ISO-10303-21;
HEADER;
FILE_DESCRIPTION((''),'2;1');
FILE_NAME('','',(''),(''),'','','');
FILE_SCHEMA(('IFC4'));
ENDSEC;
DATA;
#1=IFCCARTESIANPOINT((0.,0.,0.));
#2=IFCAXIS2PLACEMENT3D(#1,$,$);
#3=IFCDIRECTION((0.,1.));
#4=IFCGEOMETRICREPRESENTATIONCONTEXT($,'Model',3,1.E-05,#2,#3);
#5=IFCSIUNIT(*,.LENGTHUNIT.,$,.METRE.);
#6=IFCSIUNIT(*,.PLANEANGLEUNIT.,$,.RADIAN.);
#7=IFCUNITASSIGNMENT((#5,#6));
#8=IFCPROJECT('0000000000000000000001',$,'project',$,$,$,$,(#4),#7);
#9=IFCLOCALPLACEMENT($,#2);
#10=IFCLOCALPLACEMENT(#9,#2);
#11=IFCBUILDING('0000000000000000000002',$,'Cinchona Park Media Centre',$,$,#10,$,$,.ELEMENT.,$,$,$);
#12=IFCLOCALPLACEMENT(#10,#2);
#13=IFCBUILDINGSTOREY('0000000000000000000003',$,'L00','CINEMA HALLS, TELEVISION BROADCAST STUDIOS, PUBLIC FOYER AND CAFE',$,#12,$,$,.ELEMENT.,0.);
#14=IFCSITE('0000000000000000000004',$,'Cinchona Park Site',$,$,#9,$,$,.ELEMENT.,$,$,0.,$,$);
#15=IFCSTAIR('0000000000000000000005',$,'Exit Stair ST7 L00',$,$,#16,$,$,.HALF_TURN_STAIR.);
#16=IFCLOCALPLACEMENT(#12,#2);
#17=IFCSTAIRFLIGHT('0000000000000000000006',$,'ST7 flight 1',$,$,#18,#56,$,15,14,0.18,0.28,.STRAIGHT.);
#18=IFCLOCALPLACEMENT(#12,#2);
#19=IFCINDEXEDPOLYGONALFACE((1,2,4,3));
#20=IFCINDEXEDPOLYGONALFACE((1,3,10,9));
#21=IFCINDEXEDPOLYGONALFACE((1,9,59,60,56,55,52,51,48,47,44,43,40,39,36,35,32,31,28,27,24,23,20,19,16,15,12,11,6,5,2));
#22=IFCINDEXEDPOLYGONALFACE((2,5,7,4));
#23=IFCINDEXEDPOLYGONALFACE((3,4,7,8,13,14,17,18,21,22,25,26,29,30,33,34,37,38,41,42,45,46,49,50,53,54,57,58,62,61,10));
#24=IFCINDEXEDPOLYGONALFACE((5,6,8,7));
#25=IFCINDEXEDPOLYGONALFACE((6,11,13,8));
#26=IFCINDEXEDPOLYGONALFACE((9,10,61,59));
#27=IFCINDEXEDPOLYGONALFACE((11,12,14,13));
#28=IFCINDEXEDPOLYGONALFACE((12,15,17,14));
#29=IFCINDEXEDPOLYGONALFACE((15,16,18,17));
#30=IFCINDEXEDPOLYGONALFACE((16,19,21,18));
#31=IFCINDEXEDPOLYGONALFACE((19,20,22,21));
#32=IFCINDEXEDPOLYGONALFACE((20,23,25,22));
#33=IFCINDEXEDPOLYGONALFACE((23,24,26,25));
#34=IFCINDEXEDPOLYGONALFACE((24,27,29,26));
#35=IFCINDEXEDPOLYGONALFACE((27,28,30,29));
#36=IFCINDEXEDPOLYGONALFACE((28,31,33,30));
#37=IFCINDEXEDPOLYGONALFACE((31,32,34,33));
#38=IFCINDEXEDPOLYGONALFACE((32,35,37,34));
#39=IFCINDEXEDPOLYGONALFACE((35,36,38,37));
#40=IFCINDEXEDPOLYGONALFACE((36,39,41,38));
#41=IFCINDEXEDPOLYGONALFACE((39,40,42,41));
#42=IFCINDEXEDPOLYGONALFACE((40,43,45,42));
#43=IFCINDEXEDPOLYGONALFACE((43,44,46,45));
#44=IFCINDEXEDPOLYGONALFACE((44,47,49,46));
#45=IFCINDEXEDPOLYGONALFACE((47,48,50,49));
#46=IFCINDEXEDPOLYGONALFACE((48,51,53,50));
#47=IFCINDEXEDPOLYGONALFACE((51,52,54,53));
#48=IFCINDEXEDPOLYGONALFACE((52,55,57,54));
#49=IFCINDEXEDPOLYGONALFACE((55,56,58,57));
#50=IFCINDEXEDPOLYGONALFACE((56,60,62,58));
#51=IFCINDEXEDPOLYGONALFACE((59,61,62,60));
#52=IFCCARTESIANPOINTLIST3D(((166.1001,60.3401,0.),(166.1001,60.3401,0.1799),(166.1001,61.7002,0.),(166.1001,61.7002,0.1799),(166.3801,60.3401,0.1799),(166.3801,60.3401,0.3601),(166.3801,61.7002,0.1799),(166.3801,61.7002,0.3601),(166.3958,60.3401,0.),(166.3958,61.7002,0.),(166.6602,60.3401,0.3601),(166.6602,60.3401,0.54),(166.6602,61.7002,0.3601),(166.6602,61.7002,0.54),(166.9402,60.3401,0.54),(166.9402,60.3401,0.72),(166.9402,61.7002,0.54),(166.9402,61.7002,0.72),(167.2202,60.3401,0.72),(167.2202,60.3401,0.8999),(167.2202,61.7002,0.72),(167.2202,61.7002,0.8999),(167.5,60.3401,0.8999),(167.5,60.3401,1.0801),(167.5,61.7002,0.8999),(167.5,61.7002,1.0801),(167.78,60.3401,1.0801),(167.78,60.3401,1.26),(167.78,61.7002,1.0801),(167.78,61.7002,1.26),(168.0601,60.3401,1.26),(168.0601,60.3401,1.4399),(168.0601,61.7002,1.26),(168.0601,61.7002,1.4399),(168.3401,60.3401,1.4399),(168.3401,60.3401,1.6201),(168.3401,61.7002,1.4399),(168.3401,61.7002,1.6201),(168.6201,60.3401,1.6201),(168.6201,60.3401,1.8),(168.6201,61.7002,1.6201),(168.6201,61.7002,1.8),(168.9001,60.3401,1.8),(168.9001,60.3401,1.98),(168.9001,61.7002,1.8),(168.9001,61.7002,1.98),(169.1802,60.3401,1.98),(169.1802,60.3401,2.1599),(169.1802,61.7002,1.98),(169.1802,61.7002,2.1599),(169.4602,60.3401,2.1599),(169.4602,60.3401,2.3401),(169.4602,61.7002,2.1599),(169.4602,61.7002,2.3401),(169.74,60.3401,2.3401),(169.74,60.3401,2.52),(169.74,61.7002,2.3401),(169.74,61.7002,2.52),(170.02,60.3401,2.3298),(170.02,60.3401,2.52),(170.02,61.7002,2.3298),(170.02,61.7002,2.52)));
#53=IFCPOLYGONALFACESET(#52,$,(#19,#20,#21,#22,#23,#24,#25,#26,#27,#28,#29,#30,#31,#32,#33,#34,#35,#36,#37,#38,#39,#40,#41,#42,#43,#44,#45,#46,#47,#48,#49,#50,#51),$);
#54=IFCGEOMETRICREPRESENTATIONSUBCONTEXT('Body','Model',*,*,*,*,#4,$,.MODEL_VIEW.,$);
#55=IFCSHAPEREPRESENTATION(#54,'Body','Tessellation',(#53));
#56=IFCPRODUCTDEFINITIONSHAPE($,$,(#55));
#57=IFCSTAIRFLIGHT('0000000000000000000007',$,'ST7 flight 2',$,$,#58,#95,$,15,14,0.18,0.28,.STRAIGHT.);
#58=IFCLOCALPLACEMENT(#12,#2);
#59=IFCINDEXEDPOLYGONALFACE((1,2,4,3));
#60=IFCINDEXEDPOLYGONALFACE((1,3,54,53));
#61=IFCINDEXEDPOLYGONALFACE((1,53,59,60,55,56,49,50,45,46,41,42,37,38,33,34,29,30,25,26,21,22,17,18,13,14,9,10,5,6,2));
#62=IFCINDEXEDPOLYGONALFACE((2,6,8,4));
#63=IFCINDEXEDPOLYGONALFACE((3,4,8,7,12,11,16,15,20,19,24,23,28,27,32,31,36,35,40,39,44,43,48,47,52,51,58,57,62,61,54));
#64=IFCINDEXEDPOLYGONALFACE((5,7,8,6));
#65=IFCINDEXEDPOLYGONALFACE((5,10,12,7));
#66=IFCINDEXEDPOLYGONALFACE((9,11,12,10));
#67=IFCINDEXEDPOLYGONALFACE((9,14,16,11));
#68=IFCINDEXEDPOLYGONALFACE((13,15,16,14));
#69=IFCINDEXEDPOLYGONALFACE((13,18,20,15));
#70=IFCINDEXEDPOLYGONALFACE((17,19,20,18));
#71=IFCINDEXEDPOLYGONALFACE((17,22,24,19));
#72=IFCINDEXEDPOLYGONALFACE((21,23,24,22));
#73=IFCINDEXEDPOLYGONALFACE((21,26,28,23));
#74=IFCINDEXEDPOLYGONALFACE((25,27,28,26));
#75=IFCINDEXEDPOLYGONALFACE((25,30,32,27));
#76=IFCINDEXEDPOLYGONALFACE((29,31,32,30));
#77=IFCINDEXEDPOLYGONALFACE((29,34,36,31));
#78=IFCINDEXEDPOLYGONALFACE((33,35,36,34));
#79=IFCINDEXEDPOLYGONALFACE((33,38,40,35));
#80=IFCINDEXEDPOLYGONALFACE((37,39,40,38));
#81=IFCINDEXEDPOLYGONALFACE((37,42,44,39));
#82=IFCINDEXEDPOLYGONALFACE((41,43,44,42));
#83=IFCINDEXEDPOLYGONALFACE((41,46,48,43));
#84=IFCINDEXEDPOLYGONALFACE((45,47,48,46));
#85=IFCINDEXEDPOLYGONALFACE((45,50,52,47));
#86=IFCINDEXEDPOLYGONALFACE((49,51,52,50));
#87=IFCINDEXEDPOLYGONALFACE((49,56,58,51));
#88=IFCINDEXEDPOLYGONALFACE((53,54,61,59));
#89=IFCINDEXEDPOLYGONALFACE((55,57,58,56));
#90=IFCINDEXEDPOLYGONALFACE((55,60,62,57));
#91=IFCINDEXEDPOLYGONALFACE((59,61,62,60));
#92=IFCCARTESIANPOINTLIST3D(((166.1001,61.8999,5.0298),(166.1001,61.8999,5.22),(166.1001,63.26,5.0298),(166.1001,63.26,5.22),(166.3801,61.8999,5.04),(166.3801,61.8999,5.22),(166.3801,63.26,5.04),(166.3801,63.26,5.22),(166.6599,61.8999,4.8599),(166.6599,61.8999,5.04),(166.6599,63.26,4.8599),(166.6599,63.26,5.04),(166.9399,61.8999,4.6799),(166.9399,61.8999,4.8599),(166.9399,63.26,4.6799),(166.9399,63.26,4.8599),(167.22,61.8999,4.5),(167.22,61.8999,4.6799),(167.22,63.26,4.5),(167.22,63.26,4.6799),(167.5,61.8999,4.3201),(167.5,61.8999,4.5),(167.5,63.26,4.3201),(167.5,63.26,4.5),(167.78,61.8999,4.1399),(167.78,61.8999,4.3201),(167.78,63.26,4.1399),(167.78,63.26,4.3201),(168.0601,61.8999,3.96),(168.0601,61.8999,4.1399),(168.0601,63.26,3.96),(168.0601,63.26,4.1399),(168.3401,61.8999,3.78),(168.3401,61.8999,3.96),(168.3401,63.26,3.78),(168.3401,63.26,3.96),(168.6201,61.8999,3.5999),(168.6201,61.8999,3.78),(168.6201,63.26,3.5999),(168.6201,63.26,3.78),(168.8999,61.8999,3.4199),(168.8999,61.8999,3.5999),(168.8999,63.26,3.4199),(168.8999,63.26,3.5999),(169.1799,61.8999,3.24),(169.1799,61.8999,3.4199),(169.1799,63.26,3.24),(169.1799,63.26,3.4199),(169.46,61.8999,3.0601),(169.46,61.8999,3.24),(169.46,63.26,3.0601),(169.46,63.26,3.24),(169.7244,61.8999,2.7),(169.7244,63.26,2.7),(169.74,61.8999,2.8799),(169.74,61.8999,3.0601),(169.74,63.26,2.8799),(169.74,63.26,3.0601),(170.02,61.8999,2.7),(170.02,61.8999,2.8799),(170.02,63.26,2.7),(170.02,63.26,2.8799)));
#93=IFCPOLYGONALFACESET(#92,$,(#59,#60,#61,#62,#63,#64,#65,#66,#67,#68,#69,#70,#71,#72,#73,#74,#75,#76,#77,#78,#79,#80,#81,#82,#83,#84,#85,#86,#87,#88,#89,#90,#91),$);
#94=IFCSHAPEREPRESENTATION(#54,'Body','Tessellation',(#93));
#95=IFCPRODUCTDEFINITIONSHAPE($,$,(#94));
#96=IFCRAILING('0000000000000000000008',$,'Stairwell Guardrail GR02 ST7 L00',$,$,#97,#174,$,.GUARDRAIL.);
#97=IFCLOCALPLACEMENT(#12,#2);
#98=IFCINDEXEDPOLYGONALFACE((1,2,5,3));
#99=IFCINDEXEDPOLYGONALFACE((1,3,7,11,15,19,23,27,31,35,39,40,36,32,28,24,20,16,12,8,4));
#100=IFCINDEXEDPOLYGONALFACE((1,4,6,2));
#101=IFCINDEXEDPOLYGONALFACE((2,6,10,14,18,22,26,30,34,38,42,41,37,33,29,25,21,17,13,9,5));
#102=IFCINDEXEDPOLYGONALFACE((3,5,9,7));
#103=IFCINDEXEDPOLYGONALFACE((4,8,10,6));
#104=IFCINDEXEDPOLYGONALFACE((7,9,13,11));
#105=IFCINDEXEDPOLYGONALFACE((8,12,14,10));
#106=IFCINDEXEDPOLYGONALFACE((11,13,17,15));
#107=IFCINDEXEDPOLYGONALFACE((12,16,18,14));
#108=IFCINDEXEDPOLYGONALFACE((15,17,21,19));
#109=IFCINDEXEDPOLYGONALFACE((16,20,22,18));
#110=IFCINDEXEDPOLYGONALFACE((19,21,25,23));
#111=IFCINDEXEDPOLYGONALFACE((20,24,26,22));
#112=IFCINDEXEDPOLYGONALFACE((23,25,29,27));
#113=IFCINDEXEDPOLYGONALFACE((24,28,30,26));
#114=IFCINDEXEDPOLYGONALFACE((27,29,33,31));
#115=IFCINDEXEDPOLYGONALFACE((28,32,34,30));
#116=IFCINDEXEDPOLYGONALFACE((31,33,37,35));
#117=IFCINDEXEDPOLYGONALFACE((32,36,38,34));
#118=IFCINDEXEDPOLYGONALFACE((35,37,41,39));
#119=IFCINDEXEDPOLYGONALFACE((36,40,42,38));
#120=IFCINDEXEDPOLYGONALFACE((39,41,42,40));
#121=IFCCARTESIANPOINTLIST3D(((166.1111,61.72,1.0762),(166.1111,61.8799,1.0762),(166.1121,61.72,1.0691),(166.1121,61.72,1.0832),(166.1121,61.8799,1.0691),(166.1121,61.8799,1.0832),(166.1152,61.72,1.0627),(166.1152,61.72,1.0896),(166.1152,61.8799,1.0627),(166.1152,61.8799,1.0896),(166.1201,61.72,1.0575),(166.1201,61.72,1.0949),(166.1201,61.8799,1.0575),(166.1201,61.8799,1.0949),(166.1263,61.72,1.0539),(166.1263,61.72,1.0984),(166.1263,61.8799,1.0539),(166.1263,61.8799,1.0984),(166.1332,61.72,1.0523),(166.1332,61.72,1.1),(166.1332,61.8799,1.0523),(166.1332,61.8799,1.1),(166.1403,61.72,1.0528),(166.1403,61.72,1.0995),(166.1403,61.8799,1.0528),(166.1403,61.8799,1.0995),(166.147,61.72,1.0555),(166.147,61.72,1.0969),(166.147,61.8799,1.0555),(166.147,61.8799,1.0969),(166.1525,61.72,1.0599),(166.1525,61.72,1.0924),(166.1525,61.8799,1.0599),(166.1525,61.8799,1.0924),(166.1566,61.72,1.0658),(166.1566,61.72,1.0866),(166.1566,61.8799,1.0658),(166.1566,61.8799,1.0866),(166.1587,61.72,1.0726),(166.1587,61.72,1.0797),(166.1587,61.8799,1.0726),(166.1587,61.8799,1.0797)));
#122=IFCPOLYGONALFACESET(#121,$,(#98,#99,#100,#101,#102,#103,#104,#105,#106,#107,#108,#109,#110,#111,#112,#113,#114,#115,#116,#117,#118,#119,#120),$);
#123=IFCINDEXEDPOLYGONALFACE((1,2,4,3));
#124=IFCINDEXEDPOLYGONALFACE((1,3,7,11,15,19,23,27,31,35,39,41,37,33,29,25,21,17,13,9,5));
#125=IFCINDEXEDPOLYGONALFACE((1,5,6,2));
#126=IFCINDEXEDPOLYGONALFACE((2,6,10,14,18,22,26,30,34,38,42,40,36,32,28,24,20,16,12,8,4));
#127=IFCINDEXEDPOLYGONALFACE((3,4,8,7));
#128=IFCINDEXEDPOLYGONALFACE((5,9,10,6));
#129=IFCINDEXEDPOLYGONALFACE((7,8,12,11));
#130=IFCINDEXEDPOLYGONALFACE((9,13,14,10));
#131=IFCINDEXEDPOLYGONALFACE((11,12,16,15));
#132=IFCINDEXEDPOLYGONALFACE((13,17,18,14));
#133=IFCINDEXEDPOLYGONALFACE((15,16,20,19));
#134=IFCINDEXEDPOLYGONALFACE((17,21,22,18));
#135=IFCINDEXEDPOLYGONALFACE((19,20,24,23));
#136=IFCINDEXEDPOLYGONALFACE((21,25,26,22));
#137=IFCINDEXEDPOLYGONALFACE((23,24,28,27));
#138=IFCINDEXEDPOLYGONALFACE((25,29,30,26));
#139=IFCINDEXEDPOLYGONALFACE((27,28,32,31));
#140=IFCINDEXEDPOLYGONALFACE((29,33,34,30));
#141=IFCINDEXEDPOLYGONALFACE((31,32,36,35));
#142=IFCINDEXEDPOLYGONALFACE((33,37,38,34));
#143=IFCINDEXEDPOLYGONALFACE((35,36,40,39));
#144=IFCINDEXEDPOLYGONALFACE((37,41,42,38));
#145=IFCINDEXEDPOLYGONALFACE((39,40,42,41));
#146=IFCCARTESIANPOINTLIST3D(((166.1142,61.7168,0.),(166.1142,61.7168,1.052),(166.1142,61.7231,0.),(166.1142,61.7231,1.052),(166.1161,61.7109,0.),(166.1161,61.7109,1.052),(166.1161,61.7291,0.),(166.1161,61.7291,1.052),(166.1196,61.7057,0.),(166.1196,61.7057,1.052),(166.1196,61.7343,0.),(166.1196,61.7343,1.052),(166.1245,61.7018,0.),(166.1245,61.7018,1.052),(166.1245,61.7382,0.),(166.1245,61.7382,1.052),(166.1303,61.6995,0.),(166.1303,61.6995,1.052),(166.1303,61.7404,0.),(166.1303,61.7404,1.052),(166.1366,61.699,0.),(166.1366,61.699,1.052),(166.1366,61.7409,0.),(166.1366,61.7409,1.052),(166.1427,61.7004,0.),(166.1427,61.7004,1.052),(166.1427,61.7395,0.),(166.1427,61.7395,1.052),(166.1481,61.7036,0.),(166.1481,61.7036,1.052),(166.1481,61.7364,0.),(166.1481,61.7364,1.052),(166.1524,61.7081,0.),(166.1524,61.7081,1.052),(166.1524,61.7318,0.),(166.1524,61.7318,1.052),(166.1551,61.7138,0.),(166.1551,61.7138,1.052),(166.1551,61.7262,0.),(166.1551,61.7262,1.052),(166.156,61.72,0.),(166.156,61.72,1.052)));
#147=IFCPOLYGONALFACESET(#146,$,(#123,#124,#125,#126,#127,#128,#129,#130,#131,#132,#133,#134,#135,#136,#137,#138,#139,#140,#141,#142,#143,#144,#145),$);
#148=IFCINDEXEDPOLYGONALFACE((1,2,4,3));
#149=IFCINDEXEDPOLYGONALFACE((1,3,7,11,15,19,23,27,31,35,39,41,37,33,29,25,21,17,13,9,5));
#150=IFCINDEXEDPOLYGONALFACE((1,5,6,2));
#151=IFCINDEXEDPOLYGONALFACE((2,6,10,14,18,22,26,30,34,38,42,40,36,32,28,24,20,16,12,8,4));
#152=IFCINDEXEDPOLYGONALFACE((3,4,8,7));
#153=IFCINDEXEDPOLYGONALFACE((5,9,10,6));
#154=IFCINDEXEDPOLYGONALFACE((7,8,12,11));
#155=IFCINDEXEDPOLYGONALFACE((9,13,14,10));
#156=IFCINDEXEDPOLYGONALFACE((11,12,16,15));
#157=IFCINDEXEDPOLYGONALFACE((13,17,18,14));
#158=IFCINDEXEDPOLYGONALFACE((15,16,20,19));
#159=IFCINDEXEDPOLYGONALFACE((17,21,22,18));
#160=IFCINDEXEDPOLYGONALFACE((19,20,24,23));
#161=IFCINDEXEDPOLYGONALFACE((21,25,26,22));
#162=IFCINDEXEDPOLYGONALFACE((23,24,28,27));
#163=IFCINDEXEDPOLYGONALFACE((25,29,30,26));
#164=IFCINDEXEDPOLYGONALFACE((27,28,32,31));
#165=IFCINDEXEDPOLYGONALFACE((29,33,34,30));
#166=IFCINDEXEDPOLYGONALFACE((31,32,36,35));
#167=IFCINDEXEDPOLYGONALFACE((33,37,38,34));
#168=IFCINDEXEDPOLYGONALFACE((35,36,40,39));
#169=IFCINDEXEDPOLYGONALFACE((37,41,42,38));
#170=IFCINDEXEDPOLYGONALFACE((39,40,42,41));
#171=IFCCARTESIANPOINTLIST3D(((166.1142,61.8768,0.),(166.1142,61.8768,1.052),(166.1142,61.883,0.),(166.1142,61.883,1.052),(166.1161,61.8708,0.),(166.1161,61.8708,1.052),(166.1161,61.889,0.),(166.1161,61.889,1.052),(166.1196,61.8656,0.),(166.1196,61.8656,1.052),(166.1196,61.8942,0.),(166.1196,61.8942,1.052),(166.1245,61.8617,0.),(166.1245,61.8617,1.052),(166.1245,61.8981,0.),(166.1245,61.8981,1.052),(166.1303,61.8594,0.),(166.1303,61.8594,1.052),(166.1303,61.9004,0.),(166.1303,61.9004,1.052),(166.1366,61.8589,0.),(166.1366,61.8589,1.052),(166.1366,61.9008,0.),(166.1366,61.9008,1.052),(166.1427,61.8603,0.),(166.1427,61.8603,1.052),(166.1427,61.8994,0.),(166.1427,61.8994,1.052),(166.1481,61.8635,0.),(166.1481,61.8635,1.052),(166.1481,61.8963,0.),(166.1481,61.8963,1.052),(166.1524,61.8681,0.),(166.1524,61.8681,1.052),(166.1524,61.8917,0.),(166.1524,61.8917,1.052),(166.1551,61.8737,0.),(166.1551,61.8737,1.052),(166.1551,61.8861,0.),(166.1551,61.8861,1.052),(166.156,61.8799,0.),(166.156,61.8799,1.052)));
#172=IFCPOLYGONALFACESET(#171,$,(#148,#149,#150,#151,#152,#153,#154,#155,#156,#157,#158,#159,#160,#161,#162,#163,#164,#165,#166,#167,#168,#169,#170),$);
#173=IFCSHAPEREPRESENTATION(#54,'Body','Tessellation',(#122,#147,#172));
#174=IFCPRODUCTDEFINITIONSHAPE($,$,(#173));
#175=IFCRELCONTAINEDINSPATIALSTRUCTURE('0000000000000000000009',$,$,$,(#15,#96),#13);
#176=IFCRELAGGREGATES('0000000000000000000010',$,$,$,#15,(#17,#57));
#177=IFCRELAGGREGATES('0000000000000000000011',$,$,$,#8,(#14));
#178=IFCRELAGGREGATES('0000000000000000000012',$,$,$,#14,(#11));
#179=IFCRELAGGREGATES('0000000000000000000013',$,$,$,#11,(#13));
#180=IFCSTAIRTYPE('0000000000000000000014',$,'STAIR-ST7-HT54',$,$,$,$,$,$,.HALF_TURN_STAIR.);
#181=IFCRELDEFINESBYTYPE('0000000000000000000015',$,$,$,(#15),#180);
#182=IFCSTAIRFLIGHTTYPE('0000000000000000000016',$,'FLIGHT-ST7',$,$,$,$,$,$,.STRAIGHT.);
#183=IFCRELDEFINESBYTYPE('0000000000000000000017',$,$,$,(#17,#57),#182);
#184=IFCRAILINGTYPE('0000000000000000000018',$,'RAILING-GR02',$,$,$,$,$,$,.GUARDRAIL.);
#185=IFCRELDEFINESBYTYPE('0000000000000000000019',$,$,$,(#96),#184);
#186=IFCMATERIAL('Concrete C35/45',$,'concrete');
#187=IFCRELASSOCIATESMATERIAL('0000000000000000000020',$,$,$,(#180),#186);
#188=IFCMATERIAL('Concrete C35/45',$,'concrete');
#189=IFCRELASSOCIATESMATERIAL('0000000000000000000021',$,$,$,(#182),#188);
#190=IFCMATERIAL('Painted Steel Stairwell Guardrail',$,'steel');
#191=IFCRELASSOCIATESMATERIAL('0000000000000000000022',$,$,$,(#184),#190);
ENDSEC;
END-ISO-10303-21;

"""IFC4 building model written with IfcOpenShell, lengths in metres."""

from ifc_helpers import new_model, si_unit, direction, frame, origin, origin_2d, place, context, subcontext, project, spatial, polyline, circle, outline, extrude, material, type_object, element, aggregate, save


model = new_model("IFC4")

# Units and contexts
model_context = context("Model", 3, precision=1e-05, world=origin(), true_north=direction((0.0, 1.0)))
body_context = subcontext(model_context, "Body", "Model", "MODEL_VIEW")
ifc_project = project(units=[si_unit("LENGTHUNIT", "METRE"), si_unit("PLANEANGLEUNIT", "RADIAN")], contexts=[model_context])

# Site, building, storey
site_placement = place(None, origin())
site = spatial("IfcSite", under=ifc_project, at=site_placement, Name="Cinchona Park Site", CompositionType="ELEMENT", RefElevation=0.0)
building_placement = place(site_placement, origin())
building = spatial("IfcBuilding", under=site, at=building_placement, Name="Cinchona Park Media Centre", CompositionType="ELEMENT")
storey_placement = place(building_placement, origin())
storey = spatial("IfcBuildingStorey", under=building, at=storey_placement, Name="L00", Description="CINEMA HALLS, TELEVISION BROADCAST STUDIOS, PUBLIC FOYER AND CAFE", CompositionType="ELEMENT", Elevation=0.0)

# Stair, stair flights
ifc_material_1 = material(Name="Concrete C35/45", Category="concrete")
stair_type = type_object("IfcStairType", Name="STAIR-ST7-HT54", PredefinedType="HALF_TURN_STAIR", material=ifc_material_1)
stair_placement = place(storey_placement, origin())
stair = element("IfcStair", 1, at=stair_placement, inside=storey, type_object=stair_type, Name="Exit Stair ST7 L00", PredefinedType="HALF_TURN_STAIR")
ifc_material_2 = material(Name="Concrete C35/45", Category="concrete")
stair_flight_type = type_object("IfcStairFlightType", Name="FLIGHT-ST7", PredefinedType="STRAIGHT", material=ifc_material_2)
stair_flight_1_placement = place(storey_placement, frame((166.1001, 61.02, 0.0), z_axis=(0.0, 0.0, 1.0), x_axis=(1.0, 0.0, 0.0)))
stair_flight_1 = element("IfcStairFlight", 2, at=stair_flight_1_placement, type_object=stair_flight_type, Name="ST7 flight 1", NumberOfRisers=15, NumberOfTreads=14, PredefinedType="STRAIGHT", RiserHeight=0.18, TreadLength=0.28, context=body_context, shape_type="SweptSolid", body=[
    extrude(outline(polyline([(0.0, 0.0), (0.0, 0.1799), (0.28, 0.1799), (0.28, 0.3601), (0.5601, 0.3601), (0.5601, 0.54), (0.8401, 0.54), (0.8401, 0.72), (1.1201, 0.72), (1.1201, 0.8999), (1.3999, 0.8999), (1.3999, 1.0801), (1.6799, 1.0801), (1.6799, 1.26), (1.96, 1.26), (1.96, 1.4399), (2.24, 1.4399), (2.24, 1.6201), (2.52, 1.6201), (2.52, 1.8), (2.8, 1.8), (2.8, 1.98), (3.0801, 1.98), (3.0801, 2.1599), (3.3601, 2.1599), (3.3601, 2.3401), (3.6399, 2.3401), (3.6399, 2.52), (3.9199, 2.52), (3.9199, 2.7), (3.9199, 2.3298), (0.2957, 0.0), (0.0, 0.0)])), frame((0.0, 0.6802, 0.0), z_axis=(0.0, -1.0, 0.0), x_axis=(1.0, 0.0, 0.0)), (0.0, 0.0, 1.0), 1.3601),
])
stair_flight_2_placement = place(storey_placement, frame((170.02, 62.5801, 2.7), z_axis=(0.0, 0.0, 1.0), x_axis=(-1.0, 0.0, 0.0)))
stair_flight_2 = element("IfcStairFlight", 3, at=stair_flight_2_placement, type_object=stair_flight_type, Name="ST7 flight 2", NumberOfRisers=15, NumberOfTreads=14, PredefinedType="STRAIGHT", RiserHeight=0.18, TreadLength=0.28, context=body_context, shape_type="SweptSolid", body=[
    extrude(outline(polyline([(0.0, 0.0), (0.0, 0.1799), (0.28, 0.1799), (0.28, 0.3601), (0.5601, 0.3601), (0.5601, 0.54), (0.8401, 0.54), (0.8401, 0.72), (1.1201, 0.72), (1.1201, 0.8999), (1.3999, 0.8999), (1.3999, 1.0801), (1.6799, 1.0801), (1.6799, 1.26), (1.96, 1.26), (1.96, 1.4399), (2.24, 1.4399), (2.24, 1.6201), (2.52, 1.6201), (2.52, 1.8), (2.8, 1.8), (2.8, 1.98), (3.0801, 1.98), (3.0801, 2.1599), (3.3601, 2.1599), (3.3601, 2.3401), (3.6399, 2.3401), (3.6399, 2.52), (3.9199, 2.52), (3.9199, 2.7), (3.9199, 2.3298), (0.2957, 0.0), (0.0, 0.0)])), frame((0.0, 0.6802, 0.0), z_axis=(0.0, -1.0, 0.0), x_axis=(1.0, 0.0, 0.0)), (0.0, 0.0, 1.0), 1.3601),
])
aggregate(stair, [stair_flight_1, stair_flight_2])

# Railing
ifc_material_3 = material(Name="Painted Steel Stairwell Guardrail", Category="steel")
railing_type_1 = type_object("IfcRailingType", Name="RAILING-GR02", PredefinedType="GUARDRAIL", material=ifc_material_3)
for number, where, name in (
    (4, (166.135, 61.72, 0.0), "Stairwell Guardrail GR02 ST7 L00"),
):
    element("IfcRailing", number, at=place(storey_placement, frame(where)), inside=storey, type_object=railing_type_1, Name=name, PredefinedType="GUARDRAIL", context=body_context, shape_type="SweptSolid", body=[
        extrude(circle(Radius=0.0239, at=origin_2d()), frame((0.0, 0.0, 1.0762), z_axis=(0.0, 1.0, 0.0), x_axis=(-1.0, 0.0, 0.0)), (0.0, 0.0, 1.0), 0.1599),
        extrude(circle(Radius=0.021, at=origin_2d()), origin(), (0.0, 0.0, 1.0), 1.052),
        extrude(circle(Radius=0.021, at=origin_2d()), frame((0.0, 0.1599, 0.0)), (0.0, 0.0, 1.0), 1.052),
    ])

save(model, "model.ifc")
